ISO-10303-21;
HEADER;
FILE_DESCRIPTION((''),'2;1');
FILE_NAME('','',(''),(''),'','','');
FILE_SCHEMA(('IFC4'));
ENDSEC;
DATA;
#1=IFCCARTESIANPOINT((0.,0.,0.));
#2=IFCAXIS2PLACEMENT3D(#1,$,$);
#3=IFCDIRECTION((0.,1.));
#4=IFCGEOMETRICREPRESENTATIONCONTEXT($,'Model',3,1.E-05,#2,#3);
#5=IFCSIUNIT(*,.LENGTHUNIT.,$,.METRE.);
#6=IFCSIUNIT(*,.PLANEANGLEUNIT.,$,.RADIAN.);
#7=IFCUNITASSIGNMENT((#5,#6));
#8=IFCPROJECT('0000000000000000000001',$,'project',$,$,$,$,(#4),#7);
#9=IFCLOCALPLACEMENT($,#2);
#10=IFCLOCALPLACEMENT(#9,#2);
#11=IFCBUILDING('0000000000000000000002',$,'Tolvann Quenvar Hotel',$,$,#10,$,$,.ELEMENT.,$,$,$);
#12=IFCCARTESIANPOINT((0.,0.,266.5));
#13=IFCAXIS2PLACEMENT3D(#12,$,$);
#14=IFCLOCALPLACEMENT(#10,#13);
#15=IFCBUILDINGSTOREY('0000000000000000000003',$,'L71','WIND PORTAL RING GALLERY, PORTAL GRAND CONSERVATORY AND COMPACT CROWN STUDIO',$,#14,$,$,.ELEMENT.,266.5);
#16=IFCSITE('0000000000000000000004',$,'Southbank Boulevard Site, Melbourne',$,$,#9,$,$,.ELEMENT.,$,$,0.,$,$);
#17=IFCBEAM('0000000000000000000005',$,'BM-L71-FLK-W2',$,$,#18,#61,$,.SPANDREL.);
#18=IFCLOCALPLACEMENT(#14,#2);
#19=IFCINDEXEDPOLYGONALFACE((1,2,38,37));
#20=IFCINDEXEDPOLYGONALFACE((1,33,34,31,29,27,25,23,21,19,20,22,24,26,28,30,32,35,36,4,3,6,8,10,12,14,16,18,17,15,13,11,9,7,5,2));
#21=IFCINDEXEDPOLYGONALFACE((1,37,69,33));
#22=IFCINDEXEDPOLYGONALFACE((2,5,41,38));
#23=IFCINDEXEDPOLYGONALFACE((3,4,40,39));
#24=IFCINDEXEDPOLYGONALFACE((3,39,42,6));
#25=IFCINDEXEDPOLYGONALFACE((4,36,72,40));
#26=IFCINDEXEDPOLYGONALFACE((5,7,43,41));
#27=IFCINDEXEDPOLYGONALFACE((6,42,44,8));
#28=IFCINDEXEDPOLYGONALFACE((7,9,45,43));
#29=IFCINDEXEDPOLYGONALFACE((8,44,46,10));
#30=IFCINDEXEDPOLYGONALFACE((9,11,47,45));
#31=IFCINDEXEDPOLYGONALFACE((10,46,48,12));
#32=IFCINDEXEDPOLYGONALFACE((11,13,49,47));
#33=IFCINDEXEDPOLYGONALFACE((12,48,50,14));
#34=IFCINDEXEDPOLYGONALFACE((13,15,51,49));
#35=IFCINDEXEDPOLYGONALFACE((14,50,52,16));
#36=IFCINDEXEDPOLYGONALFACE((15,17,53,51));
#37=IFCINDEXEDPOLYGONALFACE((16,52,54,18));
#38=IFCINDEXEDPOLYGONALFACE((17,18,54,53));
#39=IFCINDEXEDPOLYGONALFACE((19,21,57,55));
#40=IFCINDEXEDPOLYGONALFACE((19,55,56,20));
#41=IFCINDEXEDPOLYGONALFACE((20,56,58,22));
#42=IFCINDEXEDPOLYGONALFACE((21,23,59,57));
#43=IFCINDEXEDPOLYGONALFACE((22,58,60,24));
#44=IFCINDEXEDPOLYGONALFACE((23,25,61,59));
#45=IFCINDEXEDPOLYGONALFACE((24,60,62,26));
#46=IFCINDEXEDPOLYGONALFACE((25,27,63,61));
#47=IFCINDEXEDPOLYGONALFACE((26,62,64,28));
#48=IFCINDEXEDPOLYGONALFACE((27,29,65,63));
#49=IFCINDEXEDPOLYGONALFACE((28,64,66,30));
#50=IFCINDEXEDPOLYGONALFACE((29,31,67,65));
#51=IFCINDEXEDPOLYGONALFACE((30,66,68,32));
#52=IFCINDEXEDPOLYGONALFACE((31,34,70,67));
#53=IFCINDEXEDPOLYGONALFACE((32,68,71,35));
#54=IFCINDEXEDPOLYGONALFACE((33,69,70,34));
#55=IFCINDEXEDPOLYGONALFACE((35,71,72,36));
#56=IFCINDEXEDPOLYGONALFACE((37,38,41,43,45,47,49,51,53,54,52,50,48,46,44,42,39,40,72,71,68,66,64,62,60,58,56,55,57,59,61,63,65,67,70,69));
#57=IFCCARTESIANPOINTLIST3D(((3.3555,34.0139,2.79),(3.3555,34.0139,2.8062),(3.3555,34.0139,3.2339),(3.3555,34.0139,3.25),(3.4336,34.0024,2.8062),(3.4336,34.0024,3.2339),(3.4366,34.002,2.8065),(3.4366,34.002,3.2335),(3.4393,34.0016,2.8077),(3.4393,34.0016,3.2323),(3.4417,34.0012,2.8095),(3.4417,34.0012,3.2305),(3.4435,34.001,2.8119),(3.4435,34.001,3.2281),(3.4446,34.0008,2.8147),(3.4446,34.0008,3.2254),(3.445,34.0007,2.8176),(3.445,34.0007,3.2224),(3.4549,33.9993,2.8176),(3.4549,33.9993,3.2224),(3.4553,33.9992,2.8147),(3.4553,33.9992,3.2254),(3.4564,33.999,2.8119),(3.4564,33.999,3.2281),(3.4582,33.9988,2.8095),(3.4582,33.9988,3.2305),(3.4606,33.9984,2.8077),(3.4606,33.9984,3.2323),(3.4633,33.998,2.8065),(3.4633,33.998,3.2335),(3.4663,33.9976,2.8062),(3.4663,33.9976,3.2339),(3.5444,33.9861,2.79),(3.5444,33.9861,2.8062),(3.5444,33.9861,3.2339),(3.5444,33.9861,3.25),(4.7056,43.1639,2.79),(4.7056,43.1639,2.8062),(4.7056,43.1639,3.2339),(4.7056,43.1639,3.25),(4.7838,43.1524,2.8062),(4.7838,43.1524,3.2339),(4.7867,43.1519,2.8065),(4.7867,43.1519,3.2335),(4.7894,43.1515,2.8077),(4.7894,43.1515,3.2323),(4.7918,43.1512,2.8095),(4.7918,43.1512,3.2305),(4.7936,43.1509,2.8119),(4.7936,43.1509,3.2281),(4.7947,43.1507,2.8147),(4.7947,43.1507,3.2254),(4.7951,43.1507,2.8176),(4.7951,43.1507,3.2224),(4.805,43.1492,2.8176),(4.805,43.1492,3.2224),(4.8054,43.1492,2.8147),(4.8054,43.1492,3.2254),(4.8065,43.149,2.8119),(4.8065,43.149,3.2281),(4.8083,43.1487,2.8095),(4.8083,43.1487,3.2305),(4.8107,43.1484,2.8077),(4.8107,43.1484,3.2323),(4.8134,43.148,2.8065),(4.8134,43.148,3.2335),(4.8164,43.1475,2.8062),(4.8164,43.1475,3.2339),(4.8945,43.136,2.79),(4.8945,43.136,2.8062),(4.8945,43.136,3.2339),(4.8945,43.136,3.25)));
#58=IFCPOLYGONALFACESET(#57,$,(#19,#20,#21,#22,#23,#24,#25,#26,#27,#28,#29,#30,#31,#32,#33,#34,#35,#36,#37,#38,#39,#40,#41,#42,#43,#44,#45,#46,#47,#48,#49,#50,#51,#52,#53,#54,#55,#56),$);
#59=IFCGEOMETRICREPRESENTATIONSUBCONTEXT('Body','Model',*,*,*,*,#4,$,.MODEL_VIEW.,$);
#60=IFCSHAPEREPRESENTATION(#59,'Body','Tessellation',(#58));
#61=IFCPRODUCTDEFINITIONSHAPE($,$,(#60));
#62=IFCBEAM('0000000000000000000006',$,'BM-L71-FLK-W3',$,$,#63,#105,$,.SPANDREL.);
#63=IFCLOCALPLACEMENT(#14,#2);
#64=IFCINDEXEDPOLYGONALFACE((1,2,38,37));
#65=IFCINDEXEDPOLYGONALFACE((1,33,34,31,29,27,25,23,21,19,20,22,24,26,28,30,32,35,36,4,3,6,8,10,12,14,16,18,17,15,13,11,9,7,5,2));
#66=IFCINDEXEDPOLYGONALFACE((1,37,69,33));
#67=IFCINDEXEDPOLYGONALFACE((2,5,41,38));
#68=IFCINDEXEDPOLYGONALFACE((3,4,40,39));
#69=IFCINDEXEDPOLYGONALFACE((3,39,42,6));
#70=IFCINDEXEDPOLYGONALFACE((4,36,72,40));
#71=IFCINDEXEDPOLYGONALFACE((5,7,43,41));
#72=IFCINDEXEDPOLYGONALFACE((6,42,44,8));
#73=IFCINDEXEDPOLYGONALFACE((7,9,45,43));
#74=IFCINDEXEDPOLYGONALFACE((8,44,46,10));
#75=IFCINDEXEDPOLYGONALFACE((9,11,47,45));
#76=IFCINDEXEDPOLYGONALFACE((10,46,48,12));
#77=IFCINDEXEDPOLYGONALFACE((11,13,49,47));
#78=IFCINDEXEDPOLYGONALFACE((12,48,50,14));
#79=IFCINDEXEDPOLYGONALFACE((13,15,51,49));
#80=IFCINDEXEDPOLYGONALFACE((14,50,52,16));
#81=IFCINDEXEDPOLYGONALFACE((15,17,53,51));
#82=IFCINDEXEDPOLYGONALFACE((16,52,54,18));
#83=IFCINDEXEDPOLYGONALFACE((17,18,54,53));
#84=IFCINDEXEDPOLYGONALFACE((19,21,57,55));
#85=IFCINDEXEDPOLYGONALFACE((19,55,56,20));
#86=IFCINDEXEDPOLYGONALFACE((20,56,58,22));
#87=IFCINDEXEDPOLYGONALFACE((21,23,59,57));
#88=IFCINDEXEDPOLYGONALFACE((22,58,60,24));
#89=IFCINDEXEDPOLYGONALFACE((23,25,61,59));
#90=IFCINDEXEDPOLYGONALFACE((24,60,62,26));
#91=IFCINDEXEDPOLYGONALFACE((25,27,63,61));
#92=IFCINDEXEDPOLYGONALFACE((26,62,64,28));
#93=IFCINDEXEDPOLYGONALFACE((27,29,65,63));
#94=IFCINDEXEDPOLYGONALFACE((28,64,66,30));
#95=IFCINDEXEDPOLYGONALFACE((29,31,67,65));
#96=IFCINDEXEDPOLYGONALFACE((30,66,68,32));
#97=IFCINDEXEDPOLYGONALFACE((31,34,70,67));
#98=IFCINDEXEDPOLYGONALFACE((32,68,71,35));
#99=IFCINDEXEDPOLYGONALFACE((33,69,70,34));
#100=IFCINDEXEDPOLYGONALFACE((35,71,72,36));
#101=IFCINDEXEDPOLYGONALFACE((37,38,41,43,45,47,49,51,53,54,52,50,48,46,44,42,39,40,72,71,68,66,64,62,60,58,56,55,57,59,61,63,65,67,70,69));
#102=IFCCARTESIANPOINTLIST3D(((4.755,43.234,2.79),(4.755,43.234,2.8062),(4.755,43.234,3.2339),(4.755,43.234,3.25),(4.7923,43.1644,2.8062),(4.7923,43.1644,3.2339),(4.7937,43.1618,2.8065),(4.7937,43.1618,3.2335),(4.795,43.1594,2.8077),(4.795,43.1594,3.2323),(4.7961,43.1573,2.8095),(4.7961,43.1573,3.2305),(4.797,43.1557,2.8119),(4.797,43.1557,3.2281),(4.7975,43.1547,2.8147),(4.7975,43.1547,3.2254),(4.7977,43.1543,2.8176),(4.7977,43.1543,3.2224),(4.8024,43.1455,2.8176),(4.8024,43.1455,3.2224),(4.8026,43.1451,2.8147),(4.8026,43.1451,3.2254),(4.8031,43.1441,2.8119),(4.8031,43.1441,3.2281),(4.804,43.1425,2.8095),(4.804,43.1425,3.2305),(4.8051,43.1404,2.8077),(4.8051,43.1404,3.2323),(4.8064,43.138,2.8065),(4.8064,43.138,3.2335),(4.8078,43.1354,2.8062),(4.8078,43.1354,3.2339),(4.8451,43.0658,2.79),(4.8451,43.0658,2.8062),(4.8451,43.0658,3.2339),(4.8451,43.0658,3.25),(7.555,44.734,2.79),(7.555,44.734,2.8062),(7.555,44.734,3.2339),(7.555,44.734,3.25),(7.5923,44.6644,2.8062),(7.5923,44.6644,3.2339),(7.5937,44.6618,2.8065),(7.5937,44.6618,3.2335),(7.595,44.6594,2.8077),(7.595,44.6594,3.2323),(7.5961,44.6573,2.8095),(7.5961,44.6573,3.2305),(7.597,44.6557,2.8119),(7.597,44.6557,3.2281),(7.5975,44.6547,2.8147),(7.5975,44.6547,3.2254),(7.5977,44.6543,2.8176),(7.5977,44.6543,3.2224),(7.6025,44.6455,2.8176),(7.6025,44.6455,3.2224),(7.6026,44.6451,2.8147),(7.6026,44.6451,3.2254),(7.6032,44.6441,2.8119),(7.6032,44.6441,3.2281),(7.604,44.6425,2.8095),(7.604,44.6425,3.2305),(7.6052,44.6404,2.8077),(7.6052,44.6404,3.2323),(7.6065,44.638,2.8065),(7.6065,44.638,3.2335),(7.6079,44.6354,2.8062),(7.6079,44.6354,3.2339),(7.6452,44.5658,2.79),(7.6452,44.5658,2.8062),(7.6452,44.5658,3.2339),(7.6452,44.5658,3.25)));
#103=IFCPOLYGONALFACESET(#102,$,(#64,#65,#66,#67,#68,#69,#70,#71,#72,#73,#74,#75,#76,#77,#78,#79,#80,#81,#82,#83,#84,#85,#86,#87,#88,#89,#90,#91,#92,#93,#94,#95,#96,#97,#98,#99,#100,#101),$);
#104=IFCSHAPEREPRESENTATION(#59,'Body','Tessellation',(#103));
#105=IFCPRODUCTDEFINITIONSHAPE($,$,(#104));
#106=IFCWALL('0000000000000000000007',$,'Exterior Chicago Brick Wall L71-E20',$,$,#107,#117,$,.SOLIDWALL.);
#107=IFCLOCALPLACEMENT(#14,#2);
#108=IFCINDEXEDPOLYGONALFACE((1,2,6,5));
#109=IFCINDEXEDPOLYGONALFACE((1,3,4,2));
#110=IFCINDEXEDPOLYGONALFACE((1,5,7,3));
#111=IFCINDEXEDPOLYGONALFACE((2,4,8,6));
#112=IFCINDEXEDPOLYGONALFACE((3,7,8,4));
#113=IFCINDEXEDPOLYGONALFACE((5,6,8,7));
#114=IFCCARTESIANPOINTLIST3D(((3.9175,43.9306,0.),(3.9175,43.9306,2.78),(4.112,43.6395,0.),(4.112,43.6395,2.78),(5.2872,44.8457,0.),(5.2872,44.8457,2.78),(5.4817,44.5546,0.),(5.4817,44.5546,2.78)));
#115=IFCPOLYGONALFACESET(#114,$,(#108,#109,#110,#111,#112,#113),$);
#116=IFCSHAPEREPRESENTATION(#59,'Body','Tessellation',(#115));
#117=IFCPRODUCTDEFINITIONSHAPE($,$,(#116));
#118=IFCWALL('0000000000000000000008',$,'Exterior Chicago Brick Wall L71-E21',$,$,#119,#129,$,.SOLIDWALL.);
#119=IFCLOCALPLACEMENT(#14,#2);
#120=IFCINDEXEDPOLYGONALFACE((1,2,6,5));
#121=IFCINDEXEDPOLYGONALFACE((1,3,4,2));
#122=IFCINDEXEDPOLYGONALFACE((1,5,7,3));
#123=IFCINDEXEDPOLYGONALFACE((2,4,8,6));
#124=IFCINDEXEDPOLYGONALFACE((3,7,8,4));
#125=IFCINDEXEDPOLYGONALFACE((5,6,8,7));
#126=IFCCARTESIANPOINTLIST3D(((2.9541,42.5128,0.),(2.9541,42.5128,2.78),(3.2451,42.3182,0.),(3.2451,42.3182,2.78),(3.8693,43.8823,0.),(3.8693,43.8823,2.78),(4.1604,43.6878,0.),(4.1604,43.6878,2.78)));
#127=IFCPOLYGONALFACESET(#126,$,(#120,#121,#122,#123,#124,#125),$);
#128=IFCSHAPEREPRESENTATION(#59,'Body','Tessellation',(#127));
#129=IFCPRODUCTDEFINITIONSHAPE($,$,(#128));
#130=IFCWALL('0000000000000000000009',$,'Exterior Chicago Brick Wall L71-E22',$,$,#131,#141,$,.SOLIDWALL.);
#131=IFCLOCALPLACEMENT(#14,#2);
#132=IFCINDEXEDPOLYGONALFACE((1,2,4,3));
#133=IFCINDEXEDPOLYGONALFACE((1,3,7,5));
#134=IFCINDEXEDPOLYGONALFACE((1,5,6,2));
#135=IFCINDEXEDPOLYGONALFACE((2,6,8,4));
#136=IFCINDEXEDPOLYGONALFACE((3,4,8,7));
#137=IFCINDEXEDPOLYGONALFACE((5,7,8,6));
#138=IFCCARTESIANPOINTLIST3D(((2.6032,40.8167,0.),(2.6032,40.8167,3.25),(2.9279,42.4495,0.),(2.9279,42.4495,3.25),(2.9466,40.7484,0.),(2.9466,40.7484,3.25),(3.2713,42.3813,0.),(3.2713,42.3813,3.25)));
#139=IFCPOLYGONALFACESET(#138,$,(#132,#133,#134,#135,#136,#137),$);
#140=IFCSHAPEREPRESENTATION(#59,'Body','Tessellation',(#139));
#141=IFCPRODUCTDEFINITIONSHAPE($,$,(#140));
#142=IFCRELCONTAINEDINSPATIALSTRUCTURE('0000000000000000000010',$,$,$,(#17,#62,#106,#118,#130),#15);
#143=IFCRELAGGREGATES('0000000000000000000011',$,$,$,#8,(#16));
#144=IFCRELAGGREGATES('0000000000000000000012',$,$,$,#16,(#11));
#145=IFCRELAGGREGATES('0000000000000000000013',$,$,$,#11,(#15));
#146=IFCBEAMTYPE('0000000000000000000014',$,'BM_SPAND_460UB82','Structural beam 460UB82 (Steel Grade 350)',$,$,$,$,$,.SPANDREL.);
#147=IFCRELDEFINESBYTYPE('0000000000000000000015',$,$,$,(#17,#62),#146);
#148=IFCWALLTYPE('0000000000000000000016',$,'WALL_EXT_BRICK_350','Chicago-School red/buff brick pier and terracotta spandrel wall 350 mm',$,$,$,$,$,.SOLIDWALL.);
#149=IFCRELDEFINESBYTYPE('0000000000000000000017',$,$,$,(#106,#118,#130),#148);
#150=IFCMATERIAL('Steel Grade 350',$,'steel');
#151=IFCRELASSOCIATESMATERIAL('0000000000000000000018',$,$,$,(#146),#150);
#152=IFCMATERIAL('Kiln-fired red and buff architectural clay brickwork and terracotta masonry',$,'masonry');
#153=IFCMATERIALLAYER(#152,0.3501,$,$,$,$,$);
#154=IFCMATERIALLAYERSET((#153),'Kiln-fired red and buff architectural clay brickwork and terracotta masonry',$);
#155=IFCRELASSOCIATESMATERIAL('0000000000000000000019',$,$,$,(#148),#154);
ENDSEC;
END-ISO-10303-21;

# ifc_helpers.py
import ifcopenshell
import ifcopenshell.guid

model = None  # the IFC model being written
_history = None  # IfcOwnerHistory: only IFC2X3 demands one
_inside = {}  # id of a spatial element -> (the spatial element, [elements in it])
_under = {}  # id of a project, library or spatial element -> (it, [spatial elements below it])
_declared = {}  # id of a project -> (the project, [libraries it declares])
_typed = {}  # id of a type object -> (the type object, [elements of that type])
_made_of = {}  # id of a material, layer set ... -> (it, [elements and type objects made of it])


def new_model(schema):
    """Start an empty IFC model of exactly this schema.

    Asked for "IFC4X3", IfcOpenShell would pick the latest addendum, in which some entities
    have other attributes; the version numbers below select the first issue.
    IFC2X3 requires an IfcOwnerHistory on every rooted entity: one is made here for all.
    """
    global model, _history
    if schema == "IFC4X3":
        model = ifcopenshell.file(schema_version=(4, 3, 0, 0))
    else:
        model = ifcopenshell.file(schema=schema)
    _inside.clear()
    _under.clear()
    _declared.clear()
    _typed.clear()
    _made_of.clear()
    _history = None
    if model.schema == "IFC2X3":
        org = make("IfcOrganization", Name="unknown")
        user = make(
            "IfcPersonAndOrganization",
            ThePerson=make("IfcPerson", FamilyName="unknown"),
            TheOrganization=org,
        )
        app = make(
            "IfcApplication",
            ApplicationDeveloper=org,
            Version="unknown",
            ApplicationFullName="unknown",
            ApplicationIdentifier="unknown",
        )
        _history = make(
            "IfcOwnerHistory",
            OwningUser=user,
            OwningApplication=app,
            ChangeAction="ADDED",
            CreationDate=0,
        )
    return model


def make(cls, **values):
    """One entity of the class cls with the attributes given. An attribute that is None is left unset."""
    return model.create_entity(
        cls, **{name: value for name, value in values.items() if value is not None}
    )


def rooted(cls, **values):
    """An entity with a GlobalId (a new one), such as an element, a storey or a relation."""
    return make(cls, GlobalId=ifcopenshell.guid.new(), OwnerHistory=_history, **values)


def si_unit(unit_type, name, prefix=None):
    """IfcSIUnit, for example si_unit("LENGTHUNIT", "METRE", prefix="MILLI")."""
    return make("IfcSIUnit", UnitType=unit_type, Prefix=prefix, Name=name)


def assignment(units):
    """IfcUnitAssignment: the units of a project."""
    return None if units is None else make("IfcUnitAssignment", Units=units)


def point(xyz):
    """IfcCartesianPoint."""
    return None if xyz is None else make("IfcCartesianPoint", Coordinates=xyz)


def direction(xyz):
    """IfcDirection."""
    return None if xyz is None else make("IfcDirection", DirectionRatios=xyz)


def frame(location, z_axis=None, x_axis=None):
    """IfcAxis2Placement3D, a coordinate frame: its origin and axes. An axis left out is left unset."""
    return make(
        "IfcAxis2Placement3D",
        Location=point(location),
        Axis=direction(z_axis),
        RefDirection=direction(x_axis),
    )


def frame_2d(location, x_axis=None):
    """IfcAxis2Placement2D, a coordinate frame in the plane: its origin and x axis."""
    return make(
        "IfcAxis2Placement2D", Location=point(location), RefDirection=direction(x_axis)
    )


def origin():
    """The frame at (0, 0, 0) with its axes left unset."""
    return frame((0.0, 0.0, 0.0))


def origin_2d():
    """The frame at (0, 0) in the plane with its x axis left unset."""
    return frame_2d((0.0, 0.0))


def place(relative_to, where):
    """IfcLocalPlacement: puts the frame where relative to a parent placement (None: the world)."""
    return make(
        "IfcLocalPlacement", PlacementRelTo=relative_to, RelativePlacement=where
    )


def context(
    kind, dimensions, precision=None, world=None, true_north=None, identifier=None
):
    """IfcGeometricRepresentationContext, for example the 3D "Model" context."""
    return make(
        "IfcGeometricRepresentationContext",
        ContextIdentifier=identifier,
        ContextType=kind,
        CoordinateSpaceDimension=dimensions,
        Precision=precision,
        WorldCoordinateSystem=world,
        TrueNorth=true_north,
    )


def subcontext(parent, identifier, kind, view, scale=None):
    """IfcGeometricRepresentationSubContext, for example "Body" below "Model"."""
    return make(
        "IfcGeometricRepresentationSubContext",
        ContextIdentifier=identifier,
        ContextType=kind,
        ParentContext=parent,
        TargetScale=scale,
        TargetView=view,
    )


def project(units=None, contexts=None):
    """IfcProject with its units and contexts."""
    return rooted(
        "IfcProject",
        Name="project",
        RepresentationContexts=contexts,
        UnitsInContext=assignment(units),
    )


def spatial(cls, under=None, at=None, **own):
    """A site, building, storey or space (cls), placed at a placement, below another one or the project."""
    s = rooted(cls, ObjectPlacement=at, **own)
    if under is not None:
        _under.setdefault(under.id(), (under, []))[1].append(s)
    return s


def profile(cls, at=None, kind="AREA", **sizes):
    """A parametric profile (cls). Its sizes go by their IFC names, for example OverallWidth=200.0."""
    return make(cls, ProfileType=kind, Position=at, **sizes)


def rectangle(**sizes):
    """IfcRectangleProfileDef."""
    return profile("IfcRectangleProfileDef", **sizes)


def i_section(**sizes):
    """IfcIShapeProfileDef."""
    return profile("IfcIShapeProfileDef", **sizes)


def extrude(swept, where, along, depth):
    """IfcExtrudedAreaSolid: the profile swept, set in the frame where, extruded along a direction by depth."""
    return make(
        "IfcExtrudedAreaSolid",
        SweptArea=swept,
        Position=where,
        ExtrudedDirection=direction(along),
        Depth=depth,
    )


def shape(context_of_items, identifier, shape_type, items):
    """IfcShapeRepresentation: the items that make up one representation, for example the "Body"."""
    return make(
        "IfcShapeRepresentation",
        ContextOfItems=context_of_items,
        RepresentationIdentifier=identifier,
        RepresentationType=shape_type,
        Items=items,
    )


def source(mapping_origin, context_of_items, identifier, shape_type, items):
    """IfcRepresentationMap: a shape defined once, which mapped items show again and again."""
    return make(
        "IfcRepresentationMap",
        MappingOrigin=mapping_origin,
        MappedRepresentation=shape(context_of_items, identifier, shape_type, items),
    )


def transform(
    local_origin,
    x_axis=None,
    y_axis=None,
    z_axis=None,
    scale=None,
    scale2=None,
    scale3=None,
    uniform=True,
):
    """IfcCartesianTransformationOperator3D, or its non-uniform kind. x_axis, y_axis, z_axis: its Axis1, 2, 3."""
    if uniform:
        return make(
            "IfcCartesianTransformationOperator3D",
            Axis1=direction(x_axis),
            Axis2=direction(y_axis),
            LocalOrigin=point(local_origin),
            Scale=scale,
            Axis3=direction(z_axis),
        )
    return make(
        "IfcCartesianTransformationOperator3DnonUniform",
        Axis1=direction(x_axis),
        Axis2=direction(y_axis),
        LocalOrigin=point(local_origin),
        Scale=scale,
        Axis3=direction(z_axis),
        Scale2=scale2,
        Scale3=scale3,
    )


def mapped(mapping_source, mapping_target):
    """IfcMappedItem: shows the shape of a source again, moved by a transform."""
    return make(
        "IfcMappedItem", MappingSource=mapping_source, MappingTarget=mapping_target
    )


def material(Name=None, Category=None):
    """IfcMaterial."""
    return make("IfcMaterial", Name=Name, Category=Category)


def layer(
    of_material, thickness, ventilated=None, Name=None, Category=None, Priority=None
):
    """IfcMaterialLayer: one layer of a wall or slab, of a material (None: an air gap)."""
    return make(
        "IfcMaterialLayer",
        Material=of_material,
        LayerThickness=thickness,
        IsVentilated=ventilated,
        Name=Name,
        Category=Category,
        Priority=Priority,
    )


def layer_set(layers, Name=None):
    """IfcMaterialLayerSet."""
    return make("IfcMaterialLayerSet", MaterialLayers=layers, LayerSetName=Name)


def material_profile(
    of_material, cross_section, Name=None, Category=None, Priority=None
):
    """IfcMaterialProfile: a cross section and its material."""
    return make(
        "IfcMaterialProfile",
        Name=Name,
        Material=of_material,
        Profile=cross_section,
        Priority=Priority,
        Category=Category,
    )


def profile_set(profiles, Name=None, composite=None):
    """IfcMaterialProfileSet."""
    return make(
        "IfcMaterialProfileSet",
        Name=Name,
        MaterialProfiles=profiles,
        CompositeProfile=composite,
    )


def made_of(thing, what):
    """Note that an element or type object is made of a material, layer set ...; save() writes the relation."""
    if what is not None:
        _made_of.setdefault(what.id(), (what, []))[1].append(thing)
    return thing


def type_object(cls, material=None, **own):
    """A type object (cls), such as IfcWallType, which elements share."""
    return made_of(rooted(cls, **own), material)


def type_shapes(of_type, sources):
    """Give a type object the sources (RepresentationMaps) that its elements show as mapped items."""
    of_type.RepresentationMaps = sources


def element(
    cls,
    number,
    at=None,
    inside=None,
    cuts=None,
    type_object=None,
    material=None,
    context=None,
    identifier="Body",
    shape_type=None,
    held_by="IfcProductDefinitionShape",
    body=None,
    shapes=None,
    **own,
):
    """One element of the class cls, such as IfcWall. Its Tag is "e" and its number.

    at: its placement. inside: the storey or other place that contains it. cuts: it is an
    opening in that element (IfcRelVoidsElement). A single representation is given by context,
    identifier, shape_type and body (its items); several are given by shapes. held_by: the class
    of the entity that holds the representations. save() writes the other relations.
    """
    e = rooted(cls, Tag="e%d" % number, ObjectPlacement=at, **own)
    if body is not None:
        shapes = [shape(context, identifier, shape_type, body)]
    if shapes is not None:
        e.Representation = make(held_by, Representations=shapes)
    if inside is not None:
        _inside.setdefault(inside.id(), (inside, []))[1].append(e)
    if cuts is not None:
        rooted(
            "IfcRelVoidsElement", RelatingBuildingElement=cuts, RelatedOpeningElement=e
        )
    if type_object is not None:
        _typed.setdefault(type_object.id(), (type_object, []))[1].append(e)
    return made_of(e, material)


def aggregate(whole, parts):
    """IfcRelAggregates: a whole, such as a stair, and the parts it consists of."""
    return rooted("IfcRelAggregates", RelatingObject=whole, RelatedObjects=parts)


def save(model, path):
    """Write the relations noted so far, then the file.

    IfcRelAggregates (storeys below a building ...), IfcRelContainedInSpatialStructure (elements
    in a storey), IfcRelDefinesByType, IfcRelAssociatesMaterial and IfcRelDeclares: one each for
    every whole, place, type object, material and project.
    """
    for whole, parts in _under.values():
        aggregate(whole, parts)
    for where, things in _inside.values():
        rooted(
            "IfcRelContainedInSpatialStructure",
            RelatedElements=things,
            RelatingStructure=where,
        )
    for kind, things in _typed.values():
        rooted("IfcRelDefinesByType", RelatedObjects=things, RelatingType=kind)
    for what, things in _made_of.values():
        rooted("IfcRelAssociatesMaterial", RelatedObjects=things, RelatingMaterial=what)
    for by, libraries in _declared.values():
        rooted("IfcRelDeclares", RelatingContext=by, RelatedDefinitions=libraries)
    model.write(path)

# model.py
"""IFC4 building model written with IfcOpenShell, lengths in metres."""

from ifc_helpers import new_model, si_unit, direction, frame, frame_2d, origin, origin_2d, place, context, subcontext, project, spatial, rectangle, i_section, extrude, source, transform, mapped, material, layer, layer_set, material_profile, profile_set, type_object, type_shapes, element, save


model = new_model("IFC4")

# Units and contexts
model_context = context("Model", 3, precision=1e-05, world=origin(), true_north=direction((0.0, 1.0)))
body_context = subcontext(model_context, "Body", "Model", "MODEL_VIEW")
ifc_project = project(units=[si_unit("LENGTHUNIT", "METRE"), si_unit("PLANEANGLEUNIT", "RADIAN")], contexts=[model_context])

# Site, building, storey
site_placement = place(None, origin())
site = spatial("IfcSite", under=ifc_project, at=site_placement, Name="Southbank Boulevard Site, Melbourne", CompositionType="ELEMENT", RefElevation=0.0)
building_placement = place(site_placement, origin())
building = spatial("IfcBuilding", under=site, at=building_placement, Name="Tolvann Quenvar Hotel", CompositionType="ELEMENT")
storey_placement = place(building_placement, frame((0.0, 0.0, 266.5)))
storey = spatial("IfcBuildingStorey", under=building, at=storey_placement, Name="L71", Description="WIND PORTAL RING GALLERY, PORTAL GRAND CONSERVATORY AND COMPACT CROWN STUDIO", CompositionType="ELEMENT", Elevation=266.5)

# Shared definitions
ifc_material_1 = material(Name="Steel Grade 350", Category="steel")

# Beams
ifc_material_profile_1 = material_profile(ifc_material_1, i_section(OverallWidth=0.1909, OverallDepth=0.46, WebThickness=0.01, FlangeThickness=0.0161, FilletRadius=0.0115, at=origin_2d()), Name="460UB82")
ifc_profile_set_1 = profile_set([ifc_material_profile_1], Name="Steel Grade 350")
beam_type_1 = type_object("IfcBeamType", Name="BM_SPAND_460UB82", Description="Structural beam 460UB82 (Steel Grade 350)", PredefinedType="SPANDREL", material=ifc_profile_set_1)
shared_shape_1 = source(origin(), body_context, "Body", "SweptSolid", [
    extrude(i_section(OverallWidth=0.1909, OverallDepth=0.46, WebThickness=0.01, FlangeThickness=0.0161, FilletRadius=0.0115, at=origin_2d()), origin(), (0.0, 0.0, 1.0), 9.249),
])
beam_1_placement = place(storey_placement, frame((3.45, 34.0, 3.02), z_axis=(0.145973, 0.989289, 0.0), x_axis=(-0.989289, 0.145973, 0.0)))
element("IfcBeam", 1, at=beam_1_placement, inside=storey, type_object=beam_type_1, Name="BM-L71-FLK-W2", PredefinedType="SPANDREL", context=body_context, shape_type="MappedRepresentation", body=[
    mapped(shared_shape_1, transform((0.0, 0.0, 0.0), x_axis=(1.0, 0.0, 0.0), y_axis=(0.0, 1.0, 0.0), z_axis=(0.0, 0.0, 1.0), scale=1.0)),
])
shared_shape_2 = source(origin(), body_context, "Body", "SweptSolid", [
    extrude(i_section(OverallWidth=0.1909, OverallDepth=0.46, WebThickness=0.01, FlangeThickness=0.0161, FilletRadius=0.0115, at=origin_2d()), origin(), (0.0, 0.0, 1.0), 3.1765),
])
type_shapes(beam_type_1, [shared_shape_1, shared_shape_2])
beam_2_placement = place(storey_placement, frame((4.8, 43.1499, 3.02), z_axis=(0.881483, 0.472215, 0.0), x_axis=(-0.472215, 0.881483, 0.0)))
element("IfcBeam", 2, at=beam_2_placement, inside=storey, type_object=beam_type_1, Name="BM-L71-FLK-W3", PredefinedType="SPANDREL", context=body_context, shape_type="MappedRepresentation", body=[
    mapped(shared_shape_2, transform((0.0, 0.0, 0.0), x_axis=(1.0, 0.0, 0.0), y_axis=(0.0, 1.0, 0.0), z_axis=(0.0, 0.0, 1.0), scale=1.0)),
])

# Walls
ifc_material_2 = material(Name="Kiln-fired red and buff architectural clay brickwork and terracotta masonry", Category="masonry")
ifc_layer_1 = layer(ifc_material_2, 0.3501)
ifc_layer_set_1 = layer_set([ifc_layer_1], Name="Kiln-fired red and buff architectural clay brickwork and terracotta masonry")
wall_type_1 = type_object("IfcWallType", Name="WALL_EXT_BRICK_350", Description="Chicago-School red/buff brick pier and terracotta spandrel wall 350 mm", PredefinedType="SOLIDWALL", material=ifc_layer_set_1)
for number, where, z_axis, x_axis, name in (
    (3, (5.3845, 44.7002, 0.0), (0.0, 0.0, 1.0), (-0.831503, -0.555521, 0.0), "Exterior Chicago Brick Wall L71-E20"),
    (4, (4.0149, 43.7852, 0.0), (0.0, 0.0, 1.0), (-0.555623, -0.831434, 0.0), "Exterior Chicago Brick Wall L71-E21"),
):
    element("IfcWall", number, at=place(storey_placement, frame(where, z_axis=z_axis, x_axis=x_axis)), inside=storey, type_object=wall_type_1, Name=name, PredefinedType="SOLIDWALL", context=body_context, shape_type="SweptSolid", body=[
        extrude(rectangle(XDim=1.6472, YDim=0.3501, at=frame_2d((0.8237, 0.0))), origin(), (0.0, 0.0, 1.0), 2.78),
    ])
wall_1_placement = place(storey_placement, frame((3.0996, 42.4155, 0.0), z_axis=(0.0, 0.0, 1.0), x_axis=(-0.195044, -0.980794, 0.0)))
element("IfcWall", 5, at=wall_1_placement, inside=storey, type_object=wall_type_1, Name="Exterior Chicago Brick Wall L71-E22", PredefinedType="SOLIDWALL", context=body_context, shape_type="SweptSolid", body=[
    extrude(rectangle(XDim=1.6648, YDim=0.3501, at=frame_2d((0.8325, 0.0))), origin(), (0.0, 0.0, 1.0), 3.25),
])

save(model, "model.ifc")
